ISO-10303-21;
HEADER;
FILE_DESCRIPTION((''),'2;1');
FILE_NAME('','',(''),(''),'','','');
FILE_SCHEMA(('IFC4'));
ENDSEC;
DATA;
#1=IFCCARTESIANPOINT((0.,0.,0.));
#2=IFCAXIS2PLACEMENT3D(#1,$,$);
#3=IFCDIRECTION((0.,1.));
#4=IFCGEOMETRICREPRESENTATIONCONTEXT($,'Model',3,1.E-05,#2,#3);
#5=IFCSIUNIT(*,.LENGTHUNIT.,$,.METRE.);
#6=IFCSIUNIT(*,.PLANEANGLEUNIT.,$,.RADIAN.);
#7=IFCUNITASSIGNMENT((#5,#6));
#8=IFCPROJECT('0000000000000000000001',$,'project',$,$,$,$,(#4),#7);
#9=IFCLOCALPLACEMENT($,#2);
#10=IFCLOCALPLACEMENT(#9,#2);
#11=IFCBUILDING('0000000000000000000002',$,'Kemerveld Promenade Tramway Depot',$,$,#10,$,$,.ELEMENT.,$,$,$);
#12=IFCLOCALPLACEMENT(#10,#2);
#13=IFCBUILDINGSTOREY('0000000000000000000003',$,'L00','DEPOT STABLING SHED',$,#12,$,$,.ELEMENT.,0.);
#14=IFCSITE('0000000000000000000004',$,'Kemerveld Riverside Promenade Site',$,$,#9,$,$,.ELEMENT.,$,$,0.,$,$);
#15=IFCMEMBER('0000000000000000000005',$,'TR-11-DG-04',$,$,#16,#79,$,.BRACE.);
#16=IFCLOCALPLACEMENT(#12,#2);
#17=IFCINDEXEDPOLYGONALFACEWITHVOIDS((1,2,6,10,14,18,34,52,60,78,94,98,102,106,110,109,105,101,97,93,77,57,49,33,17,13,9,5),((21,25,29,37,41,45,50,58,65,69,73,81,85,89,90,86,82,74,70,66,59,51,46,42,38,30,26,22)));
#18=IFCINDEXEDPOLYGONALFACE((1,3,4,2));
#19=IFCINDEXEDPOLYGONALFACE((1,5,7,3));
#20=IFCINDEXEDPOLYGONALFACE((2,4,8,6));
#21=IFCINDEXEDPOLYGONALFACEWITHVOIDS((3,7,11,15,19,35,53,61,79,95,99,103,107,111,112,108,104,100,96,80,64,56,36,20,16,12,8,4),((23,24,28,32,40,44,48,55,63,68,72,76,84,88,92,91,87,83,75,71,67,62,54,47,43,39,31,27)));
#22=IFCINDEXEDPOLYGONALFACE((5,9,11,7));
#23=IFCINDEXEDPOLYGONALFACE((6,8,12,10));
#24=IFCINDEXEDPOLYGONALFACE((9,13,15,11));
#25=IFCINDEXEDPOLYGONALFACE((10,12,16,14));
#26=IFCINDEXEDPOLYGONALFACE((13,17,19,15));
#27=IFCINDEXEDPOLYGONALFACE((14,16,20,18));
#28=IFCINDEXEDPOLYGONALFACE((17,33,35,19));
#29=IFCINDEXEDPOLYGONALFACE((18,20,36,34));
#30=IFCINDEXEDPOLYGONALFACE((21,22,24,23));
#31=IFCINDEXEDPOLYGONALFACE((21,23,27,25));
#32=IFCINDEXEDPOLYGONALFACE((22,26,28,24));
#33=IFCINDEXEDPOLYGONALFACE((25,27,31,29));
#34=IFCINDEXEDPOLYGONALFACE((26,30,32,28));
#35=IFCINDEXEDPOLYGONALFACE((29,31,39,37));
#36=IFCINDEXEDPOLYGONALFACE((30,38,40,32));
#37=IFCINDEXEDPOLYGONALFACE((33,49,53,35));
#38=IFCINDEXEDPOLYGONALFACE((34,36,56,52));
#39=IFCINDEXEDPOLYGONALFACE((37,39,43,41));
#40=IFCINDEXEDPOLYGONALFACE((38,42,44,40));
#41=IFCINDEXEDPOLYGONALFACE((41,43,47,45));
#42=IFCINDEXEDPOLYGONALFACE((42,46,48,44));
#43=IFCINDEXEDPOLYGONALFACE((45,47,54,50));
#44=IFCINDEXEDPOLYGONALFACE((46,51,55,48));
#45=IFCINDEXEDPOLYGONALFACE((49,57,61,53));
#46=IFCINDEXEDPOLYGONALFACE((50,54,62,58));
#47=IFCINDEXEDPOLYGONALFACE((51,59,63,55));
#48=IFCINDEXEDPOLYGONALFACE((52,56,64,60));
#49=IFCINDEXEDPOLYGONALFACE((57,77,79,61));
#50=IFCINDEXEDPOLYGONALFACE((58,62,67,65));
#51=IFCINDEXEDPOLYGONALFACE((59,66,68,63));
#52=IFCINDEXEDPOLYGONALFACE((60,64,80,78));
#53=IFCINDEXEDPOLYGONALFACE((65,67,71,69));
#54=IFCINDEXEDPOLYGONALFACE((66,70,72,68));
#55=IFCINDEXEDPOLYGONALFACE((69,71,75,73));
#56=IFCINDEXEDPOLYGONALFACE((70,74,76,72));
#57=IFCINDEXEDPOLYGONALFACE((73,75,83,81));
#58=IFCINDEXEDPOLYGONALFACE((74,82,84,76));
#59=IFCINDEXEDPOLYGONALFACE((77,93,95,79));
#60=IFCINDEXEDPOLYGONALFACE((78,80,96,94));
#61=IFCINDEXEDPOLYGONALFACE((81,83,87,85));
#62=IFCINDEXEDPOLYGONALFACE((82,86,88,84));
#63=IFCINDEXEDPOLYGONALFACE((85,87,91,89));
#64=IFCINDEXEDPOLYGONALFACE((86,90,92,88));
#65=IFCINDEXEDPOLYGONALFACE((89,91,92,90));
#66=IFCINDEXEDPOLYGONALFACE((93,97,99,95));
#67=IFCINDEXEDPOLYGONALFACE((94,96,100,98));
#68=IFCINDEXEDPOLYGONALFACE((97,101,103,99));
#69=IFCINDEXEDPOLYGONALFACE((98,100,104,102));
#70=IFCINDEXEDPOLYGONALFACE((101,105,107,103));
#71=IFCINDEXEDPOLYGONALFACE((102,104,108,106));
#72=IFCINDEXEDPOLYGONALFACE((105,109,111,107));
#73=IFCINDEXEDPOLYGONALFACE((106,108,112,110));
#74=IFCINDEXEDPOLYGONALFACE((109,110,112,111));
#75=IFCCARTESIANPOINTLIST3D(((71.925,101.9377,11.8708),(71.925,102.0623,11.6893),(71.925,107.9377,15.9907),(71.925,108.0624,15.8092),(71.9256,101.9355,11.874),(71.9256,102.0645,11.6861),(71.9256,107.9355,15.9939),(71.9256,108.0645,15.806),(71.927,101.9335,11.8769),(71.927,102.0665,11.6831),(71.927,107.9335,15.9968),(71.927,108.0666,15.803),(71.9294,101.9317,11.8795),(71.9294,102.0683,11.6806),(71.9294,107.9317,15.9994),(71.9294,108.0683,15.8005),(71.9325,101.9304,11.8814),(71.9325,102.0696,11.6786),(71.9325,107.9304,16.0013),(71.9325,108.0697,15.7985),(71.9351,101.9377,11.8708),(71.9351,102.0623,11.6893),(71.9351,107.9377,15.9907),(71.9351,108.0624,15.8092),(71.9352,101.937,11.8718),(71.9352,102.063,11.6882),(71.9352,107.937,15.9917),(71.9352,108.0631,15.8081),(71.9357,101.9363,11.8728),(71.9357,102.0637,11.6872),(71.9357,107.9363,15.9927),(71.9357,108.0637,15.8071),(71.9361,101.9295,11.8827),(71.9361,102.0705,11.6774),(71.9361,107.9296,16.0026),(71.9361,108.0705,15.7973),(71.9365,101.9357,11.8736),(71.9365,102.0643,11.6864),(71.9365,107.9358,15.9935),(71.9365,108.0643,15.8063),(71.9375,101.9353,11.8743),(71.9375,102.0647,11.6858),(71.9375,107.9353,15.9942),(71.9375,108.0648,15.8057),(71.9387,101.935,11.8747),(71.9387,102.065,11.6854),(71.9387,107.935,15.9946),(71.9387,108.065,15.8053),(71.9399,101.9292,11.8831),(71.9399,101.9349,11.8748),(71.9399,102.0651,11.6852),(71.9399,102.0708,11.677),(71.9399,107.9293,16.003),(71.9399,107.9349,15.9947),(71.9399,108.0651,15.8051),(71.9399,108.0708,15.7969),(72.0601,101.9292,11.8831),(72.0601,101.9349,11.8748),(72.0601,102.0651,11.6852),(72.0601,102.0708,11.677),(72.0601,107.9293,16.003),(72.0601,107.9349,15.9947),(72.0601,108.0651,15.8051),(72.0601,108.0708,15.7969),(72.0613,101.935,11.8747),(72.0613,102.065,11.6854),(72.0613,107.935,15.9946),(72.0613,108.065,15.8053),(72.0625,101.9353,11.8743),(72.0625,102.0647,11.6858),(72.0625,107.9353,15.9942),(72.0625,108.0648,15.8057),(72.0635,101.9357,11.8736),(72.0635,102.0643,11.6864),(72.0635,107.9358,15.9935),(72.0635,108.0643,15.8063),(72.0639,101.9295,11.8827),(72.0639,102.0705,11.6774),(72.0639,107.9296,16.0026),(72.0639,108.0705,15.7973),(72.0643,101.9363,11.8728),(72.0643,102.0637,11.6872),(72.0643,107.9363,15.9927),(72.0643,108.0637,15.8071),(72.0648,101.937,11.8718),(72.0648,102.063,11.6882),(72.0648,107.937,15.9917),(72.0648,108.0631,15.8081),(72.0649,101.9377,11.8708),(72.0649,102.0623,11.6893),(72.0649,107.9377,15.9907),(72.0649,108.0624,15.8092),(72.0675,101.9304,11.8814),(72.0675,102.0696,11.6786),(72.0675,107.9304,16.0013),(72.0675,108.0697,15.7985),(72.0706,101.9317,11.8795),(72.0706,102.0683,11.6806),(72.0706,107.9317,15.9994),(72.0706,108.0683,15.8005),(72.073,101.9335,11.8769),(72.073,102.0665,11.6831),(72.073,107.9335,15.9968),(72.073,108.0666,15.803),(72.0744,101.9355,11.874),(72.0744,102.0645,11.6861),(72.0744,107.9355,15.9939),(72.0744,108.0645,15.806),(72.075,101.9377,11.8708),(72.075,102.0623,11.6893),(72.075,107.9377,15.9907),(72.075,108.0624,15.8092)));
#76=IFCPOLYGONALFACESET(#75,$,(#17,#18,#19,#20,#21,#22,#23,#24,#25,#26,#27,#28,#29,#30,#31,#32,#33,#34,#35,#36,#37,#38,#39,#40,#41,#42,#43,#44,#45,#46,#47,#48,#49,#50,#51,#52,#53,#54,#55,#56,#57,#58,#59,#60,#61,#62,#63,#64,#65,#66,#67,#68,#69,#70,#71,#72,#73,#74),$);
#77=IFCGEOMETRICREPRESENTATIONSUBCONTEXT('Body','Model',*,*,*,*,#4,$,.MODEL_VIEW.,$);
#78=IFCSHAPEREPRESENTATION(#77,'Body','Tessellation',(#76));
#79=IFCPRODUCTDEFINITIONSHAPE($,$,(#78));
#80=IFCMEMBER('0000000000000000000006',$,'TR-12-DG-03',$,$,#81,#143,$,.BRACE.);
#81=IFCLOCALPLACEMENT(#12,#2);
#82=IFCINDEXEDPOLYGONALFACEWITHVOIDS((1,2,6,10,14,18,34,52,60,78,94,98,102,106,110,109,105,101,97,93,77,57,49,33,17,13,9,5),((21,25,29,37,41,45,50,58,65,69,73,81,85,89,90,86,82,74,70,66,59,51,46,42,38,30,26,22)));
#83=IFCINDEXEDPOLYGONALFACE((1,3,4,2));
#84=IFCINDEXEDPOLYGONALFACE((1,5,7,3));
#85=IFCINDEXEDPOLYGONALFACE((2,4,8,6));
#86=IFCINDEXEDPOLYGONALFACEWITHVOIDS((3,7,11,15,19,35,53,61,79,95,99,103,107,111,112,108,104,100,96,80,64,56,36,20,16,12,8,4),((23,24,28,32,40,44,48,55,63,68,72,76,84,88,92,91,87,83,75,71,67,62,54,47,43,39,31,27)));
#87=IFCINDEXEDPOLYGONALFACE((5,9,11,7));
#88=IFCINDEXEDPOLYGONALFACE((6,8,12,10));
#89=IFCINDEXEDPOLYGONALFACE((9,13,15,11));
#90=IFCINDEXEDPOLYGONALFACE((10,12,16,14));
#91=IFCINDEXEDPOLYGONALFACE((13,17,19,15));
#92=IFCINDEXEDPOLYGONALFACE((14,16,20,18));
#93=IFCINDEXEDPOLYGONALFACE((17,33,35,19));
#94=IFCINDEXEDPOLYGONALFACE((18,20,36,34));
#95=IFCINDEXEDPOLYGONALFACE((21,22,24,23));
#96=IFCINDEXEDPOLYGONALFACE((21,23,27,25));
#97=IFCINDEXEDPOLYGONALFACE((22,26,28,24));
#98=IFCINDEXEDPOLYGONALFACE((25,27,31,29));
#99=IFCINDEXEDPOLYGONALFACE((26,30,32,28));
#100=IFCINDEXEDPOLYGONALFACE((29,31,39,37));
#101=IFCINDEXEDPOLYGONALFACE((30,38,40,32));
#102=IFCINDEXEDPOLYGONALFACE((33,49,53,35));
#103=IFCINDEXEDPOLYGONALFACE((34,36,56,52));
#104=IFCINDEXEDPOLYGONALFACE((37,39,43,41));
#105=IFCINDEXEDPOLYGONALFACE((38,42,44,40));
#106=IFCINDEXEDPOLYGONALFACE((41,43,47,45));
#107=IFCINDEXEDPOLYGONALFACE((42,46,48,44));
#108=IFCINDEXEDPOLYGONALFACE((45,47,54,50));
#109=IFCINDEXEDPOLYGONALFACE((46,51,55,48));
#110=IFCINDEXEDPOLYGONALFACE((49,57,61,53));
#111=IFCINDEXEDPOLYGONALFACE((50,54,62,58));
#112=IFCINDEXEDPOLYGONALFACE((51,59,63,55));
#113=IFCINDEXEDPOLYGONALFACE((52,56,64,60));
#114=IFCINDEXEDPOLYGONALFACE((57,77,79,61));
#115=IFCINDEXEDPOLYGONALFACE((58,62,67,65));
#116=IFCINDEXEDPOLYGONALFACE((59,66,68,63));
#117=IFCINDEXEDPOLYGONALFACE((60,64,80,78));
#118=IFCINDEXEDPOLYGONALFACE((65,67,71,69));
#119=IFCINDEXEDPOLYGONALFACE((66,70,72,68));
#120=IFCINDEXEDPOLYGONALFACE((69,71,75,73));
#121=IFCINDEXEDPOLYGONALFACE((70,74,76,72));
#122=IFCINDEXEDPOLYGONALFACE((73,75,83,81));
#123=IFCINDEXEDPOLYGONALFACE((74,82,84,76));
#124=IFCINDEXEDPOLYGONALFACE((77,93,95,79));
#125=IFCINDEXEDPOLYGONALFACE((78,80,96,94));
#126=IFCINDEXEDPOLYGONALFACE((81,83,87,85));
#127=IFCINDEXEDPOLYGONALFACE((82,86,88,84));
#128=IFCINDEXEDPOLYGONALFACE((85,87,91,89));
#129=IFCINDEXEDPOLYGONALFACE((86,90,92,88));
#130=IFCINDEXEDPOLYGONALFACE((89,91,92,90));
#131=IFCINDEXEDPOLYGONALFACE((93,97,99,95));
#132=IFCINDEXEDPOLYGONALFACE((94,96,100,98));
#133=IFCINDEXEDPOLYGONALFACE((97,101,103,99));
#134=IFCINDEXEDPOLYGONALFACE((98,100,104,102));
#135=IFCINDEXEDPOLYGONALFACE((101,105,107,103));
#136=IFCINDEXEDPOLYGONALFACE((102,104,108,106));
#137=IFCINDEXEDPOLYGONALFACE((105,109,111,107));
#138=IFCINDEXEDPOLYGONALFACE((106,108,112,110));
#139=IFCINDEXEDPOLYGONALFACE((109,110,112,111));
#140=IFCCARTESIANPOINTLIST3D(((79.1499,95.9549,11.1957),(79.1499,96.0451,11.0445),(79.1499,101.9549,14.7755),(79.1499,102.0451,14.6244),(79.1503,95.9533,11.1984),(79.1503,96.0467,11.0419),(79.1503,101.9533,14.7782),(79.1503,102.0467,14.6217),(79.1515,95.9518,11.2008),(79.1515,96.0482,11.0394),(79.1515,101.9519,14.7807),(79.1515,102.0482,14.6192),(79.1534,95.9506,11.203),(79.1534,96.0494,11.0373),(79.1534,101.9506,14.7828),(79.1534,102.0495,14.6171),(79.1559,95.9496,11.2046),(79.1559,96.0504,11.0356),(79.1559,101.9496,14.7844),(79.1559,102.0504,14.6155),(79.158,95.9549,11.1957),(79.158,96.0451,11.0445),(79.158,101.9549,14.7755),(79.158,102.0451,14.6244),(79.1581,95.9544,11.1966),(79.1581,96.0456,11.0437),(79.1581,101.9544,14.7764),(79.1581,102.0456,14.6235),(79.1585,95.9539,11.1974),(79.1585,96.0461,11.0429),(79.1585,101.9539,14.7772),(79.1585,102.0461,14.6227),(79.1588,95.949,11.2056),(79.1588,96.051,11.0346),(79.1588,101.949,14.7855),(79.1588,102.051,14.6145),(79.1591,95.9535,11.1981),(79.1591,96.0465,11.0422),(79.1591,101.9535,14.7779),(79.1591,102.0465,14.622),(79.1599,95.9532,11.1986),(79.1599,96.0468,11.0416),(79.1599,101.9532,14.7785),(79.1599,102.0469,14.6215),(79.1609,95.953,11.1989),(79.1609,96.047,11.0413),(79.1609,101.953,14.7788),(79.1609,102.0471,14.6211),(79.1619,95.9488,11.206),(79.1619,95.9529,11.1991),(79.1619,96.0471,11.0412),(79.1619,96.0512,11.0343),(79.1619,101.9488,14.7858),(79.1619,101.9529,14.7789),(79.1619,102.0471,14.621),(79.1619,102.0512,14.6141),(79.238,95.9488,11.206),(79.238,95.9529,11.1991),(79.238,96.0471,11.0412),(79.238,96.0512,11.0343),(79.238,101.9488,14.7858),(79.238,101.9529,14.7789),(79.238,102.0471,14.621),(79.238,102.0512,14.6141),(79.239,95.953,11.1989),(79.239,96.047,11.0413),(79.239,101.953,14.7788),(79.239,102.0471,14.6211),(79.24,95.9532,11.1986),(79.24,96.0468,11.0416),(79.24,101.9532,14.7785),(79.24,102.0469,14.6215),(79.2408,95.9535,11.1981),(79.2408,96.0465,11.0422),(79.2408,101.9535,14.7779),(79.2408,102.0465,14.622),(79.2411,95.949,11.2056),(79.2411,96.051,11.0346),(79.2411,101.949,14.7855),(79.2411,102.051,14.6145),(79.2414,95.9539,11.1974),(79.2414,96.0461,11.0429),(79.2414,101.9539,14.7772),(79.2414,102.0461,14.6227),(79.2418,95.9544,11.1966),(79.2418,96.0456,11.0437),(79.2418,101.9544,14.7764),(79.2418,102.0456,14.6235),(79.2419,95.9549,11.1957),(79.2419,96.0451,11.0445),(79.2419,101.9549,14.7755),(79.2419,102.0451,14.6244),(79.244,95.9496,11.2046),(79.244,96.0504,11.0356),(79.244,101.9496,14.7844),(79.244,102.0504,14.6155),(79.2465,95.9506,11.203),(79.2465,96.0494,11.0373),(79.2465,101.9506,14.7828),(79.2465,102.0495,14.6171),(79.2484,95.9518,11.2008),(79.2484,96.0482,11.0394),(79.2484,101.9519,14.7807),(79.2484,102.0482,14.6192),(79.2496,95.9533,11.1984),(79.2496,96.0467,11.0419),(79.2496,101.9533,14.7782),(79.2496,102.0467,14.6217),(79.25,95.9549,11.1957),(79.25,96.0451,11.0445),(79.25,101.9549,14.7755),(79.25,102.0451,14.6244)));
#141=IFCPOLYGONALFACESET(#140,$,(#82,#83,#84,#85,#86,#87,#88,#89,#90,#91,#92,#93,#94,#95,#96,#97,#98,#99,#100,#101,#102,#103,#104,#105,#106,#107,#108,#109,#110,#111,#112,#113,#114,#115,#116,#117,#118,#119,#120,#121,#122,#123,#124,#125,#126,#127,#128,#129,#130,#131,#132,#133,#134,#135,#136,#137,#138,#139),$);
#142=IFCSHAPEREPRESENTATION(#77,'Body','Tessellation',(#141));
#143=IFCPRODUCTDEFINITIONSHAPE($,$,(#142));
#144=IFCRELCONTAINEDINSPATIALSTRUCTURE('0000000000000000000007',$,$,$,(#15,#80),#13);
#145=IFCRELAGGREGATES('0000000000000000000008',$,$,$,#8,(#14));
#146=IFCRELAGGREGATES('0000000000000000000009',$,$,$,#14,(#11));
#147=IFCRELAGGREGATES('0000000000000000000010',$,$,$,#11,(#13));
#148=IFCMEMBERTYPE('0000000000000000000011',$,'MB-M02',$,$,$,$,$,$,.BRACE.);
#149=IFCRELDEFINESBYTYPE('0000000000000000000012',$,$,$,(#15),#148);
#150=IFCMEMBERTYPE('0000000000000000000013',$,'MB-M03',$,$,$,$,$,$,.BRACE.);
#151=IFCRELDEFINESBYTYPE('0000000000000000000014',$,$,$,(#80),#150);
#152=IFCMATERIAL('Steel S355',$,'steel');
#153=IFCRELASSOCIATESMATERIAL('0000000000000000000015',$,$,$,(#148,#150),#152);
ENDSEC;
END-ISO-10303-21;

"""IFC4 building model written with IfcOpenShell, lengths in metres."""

from ifc_helpers import new_model, si_unit, direction, frame, origin, origin_2d, place, context, subcontext, project, spatial, hollow_rectangle, extrude, material, material_profile, profile_set, type_object, element, save


model = new_model("IFC4")

# Units and contexts
model_context = context("Model", 3, precision=1e-05, world=origin(), true_north=direction((0.0, 1.0)))
body_context = subcontext(model_context, "Body", "Model", "MODEL_VIEW")
ifc_project = project(units=[si_unit("LENGTHUNIT", "METRE"), si_unit("PLANEANGLEUNIT", "RADIAN")], contexts=[model_context])

# Site, building, storey
site_placement = place(None, origin())
site = spatial("IfcSite", under=ifc_project, at=site_placement, Name="Kemerveld Riverside Promenade Site", CompositionType="ELEMENT", RefElevation=0.0)
building_placement = place(site_placement, origin())
building = spatial("IfcBuilding", under=site, at=building_placement, Name="Kemerveld Promenade Tramway Depot", CompositionType="ELEMENT")
storey_placement = place(building_placement, origin())
storey = spatial("IfcBuildingStorey", under=building, at=storey_placement, Name="L00", Description="DEPOT STABLING SHED", CompositionType="ELEMENT", Elevation=0.0)

# Members
ifc_material_1 = material(Name="Steel S355", Category="steel")
ifc_material_profile_1 = material_profile(ifc_material_1, hollow_rectangle(XDim=0.1499, YDim=0.25, WallThickness=0.01, InnerFilletRadius=0.0049, OuterFilletRadius=0.0149, at=origin_2d()), Name="250x150x10.0 RHS")
ifc_profile_set_1 = profile_set([ifc_material_profile_1], Name="Steel S355")
member_type_1 = type_object("IfcMemberType", Name="MB-M02", PredefinedType="BRACE", material=ifc_profile_set_1)
member_1_placement = place(storey_placement, frame((72.0, 102.0, 11.78), z_axis=(0.0, 0.824371, 0.56605), x_axis=(-1.0, 0.0, 0.0)))
element("IfcMember", 1, at=member_1_placement, inside=storey, type_object=member_type_1, Name="TR-11-DG-04", PredefinedType="BRACE", context=body_context, shape_type="SweptSolid", body=[
    extrude(hollow_rectangle(XDim=0.1499, YDim=0.25, WallThickness=0.01, InnerFilletRadius=0.0049, OuterFilletRadius=0.0149, at=origin_2d()), origin(), (0.0, 0.0, 1.0), 7.2783),
])
ifc_material_profile_2 = material_profile(ifc_material_1, hollow_rectangle(XDim=0.1001, YDim=0.2, WallThickness=0.0081, InnerFilletRadius=0.0039, OuterFilletRadius=0.012, at=origin_2d()), Name="200x100x8.0 RHS")
ifc_profile_set_2 = profile_set([ifc_material_profile_2], Name="Steel S355")
member_type_2 = type_object("IfcMemberType", Name="MB-M03", PredefinedType="BRACE", material=ifc_profile_set_2)
member_2_placement = place(storey_placement, frame((79.2, 96.0, 11.1201), z_axis=(0.0, 0.858764, 0.512372), x_axis=(-1.0, 0.0, 0.0)))
element("IfcMember", 2, at=member_2_placement, inside=storey, type_object=member_type_2, Name="TR-12-DG-03", PredefinedType="BRACE", context=body_context, shape_type="SweptSolid", body=[
    extrude(hollow_rectangle(XDim=0.1001, YDim=0.2, WallThickness=0.0081, InnerFilletRadius=0.0039, OuterFilletRadius=0.012, at=origin_2d()), origin(), (0.0, 0.0, 1.0), 6.9868),
])

save(model, "model.ifc")
